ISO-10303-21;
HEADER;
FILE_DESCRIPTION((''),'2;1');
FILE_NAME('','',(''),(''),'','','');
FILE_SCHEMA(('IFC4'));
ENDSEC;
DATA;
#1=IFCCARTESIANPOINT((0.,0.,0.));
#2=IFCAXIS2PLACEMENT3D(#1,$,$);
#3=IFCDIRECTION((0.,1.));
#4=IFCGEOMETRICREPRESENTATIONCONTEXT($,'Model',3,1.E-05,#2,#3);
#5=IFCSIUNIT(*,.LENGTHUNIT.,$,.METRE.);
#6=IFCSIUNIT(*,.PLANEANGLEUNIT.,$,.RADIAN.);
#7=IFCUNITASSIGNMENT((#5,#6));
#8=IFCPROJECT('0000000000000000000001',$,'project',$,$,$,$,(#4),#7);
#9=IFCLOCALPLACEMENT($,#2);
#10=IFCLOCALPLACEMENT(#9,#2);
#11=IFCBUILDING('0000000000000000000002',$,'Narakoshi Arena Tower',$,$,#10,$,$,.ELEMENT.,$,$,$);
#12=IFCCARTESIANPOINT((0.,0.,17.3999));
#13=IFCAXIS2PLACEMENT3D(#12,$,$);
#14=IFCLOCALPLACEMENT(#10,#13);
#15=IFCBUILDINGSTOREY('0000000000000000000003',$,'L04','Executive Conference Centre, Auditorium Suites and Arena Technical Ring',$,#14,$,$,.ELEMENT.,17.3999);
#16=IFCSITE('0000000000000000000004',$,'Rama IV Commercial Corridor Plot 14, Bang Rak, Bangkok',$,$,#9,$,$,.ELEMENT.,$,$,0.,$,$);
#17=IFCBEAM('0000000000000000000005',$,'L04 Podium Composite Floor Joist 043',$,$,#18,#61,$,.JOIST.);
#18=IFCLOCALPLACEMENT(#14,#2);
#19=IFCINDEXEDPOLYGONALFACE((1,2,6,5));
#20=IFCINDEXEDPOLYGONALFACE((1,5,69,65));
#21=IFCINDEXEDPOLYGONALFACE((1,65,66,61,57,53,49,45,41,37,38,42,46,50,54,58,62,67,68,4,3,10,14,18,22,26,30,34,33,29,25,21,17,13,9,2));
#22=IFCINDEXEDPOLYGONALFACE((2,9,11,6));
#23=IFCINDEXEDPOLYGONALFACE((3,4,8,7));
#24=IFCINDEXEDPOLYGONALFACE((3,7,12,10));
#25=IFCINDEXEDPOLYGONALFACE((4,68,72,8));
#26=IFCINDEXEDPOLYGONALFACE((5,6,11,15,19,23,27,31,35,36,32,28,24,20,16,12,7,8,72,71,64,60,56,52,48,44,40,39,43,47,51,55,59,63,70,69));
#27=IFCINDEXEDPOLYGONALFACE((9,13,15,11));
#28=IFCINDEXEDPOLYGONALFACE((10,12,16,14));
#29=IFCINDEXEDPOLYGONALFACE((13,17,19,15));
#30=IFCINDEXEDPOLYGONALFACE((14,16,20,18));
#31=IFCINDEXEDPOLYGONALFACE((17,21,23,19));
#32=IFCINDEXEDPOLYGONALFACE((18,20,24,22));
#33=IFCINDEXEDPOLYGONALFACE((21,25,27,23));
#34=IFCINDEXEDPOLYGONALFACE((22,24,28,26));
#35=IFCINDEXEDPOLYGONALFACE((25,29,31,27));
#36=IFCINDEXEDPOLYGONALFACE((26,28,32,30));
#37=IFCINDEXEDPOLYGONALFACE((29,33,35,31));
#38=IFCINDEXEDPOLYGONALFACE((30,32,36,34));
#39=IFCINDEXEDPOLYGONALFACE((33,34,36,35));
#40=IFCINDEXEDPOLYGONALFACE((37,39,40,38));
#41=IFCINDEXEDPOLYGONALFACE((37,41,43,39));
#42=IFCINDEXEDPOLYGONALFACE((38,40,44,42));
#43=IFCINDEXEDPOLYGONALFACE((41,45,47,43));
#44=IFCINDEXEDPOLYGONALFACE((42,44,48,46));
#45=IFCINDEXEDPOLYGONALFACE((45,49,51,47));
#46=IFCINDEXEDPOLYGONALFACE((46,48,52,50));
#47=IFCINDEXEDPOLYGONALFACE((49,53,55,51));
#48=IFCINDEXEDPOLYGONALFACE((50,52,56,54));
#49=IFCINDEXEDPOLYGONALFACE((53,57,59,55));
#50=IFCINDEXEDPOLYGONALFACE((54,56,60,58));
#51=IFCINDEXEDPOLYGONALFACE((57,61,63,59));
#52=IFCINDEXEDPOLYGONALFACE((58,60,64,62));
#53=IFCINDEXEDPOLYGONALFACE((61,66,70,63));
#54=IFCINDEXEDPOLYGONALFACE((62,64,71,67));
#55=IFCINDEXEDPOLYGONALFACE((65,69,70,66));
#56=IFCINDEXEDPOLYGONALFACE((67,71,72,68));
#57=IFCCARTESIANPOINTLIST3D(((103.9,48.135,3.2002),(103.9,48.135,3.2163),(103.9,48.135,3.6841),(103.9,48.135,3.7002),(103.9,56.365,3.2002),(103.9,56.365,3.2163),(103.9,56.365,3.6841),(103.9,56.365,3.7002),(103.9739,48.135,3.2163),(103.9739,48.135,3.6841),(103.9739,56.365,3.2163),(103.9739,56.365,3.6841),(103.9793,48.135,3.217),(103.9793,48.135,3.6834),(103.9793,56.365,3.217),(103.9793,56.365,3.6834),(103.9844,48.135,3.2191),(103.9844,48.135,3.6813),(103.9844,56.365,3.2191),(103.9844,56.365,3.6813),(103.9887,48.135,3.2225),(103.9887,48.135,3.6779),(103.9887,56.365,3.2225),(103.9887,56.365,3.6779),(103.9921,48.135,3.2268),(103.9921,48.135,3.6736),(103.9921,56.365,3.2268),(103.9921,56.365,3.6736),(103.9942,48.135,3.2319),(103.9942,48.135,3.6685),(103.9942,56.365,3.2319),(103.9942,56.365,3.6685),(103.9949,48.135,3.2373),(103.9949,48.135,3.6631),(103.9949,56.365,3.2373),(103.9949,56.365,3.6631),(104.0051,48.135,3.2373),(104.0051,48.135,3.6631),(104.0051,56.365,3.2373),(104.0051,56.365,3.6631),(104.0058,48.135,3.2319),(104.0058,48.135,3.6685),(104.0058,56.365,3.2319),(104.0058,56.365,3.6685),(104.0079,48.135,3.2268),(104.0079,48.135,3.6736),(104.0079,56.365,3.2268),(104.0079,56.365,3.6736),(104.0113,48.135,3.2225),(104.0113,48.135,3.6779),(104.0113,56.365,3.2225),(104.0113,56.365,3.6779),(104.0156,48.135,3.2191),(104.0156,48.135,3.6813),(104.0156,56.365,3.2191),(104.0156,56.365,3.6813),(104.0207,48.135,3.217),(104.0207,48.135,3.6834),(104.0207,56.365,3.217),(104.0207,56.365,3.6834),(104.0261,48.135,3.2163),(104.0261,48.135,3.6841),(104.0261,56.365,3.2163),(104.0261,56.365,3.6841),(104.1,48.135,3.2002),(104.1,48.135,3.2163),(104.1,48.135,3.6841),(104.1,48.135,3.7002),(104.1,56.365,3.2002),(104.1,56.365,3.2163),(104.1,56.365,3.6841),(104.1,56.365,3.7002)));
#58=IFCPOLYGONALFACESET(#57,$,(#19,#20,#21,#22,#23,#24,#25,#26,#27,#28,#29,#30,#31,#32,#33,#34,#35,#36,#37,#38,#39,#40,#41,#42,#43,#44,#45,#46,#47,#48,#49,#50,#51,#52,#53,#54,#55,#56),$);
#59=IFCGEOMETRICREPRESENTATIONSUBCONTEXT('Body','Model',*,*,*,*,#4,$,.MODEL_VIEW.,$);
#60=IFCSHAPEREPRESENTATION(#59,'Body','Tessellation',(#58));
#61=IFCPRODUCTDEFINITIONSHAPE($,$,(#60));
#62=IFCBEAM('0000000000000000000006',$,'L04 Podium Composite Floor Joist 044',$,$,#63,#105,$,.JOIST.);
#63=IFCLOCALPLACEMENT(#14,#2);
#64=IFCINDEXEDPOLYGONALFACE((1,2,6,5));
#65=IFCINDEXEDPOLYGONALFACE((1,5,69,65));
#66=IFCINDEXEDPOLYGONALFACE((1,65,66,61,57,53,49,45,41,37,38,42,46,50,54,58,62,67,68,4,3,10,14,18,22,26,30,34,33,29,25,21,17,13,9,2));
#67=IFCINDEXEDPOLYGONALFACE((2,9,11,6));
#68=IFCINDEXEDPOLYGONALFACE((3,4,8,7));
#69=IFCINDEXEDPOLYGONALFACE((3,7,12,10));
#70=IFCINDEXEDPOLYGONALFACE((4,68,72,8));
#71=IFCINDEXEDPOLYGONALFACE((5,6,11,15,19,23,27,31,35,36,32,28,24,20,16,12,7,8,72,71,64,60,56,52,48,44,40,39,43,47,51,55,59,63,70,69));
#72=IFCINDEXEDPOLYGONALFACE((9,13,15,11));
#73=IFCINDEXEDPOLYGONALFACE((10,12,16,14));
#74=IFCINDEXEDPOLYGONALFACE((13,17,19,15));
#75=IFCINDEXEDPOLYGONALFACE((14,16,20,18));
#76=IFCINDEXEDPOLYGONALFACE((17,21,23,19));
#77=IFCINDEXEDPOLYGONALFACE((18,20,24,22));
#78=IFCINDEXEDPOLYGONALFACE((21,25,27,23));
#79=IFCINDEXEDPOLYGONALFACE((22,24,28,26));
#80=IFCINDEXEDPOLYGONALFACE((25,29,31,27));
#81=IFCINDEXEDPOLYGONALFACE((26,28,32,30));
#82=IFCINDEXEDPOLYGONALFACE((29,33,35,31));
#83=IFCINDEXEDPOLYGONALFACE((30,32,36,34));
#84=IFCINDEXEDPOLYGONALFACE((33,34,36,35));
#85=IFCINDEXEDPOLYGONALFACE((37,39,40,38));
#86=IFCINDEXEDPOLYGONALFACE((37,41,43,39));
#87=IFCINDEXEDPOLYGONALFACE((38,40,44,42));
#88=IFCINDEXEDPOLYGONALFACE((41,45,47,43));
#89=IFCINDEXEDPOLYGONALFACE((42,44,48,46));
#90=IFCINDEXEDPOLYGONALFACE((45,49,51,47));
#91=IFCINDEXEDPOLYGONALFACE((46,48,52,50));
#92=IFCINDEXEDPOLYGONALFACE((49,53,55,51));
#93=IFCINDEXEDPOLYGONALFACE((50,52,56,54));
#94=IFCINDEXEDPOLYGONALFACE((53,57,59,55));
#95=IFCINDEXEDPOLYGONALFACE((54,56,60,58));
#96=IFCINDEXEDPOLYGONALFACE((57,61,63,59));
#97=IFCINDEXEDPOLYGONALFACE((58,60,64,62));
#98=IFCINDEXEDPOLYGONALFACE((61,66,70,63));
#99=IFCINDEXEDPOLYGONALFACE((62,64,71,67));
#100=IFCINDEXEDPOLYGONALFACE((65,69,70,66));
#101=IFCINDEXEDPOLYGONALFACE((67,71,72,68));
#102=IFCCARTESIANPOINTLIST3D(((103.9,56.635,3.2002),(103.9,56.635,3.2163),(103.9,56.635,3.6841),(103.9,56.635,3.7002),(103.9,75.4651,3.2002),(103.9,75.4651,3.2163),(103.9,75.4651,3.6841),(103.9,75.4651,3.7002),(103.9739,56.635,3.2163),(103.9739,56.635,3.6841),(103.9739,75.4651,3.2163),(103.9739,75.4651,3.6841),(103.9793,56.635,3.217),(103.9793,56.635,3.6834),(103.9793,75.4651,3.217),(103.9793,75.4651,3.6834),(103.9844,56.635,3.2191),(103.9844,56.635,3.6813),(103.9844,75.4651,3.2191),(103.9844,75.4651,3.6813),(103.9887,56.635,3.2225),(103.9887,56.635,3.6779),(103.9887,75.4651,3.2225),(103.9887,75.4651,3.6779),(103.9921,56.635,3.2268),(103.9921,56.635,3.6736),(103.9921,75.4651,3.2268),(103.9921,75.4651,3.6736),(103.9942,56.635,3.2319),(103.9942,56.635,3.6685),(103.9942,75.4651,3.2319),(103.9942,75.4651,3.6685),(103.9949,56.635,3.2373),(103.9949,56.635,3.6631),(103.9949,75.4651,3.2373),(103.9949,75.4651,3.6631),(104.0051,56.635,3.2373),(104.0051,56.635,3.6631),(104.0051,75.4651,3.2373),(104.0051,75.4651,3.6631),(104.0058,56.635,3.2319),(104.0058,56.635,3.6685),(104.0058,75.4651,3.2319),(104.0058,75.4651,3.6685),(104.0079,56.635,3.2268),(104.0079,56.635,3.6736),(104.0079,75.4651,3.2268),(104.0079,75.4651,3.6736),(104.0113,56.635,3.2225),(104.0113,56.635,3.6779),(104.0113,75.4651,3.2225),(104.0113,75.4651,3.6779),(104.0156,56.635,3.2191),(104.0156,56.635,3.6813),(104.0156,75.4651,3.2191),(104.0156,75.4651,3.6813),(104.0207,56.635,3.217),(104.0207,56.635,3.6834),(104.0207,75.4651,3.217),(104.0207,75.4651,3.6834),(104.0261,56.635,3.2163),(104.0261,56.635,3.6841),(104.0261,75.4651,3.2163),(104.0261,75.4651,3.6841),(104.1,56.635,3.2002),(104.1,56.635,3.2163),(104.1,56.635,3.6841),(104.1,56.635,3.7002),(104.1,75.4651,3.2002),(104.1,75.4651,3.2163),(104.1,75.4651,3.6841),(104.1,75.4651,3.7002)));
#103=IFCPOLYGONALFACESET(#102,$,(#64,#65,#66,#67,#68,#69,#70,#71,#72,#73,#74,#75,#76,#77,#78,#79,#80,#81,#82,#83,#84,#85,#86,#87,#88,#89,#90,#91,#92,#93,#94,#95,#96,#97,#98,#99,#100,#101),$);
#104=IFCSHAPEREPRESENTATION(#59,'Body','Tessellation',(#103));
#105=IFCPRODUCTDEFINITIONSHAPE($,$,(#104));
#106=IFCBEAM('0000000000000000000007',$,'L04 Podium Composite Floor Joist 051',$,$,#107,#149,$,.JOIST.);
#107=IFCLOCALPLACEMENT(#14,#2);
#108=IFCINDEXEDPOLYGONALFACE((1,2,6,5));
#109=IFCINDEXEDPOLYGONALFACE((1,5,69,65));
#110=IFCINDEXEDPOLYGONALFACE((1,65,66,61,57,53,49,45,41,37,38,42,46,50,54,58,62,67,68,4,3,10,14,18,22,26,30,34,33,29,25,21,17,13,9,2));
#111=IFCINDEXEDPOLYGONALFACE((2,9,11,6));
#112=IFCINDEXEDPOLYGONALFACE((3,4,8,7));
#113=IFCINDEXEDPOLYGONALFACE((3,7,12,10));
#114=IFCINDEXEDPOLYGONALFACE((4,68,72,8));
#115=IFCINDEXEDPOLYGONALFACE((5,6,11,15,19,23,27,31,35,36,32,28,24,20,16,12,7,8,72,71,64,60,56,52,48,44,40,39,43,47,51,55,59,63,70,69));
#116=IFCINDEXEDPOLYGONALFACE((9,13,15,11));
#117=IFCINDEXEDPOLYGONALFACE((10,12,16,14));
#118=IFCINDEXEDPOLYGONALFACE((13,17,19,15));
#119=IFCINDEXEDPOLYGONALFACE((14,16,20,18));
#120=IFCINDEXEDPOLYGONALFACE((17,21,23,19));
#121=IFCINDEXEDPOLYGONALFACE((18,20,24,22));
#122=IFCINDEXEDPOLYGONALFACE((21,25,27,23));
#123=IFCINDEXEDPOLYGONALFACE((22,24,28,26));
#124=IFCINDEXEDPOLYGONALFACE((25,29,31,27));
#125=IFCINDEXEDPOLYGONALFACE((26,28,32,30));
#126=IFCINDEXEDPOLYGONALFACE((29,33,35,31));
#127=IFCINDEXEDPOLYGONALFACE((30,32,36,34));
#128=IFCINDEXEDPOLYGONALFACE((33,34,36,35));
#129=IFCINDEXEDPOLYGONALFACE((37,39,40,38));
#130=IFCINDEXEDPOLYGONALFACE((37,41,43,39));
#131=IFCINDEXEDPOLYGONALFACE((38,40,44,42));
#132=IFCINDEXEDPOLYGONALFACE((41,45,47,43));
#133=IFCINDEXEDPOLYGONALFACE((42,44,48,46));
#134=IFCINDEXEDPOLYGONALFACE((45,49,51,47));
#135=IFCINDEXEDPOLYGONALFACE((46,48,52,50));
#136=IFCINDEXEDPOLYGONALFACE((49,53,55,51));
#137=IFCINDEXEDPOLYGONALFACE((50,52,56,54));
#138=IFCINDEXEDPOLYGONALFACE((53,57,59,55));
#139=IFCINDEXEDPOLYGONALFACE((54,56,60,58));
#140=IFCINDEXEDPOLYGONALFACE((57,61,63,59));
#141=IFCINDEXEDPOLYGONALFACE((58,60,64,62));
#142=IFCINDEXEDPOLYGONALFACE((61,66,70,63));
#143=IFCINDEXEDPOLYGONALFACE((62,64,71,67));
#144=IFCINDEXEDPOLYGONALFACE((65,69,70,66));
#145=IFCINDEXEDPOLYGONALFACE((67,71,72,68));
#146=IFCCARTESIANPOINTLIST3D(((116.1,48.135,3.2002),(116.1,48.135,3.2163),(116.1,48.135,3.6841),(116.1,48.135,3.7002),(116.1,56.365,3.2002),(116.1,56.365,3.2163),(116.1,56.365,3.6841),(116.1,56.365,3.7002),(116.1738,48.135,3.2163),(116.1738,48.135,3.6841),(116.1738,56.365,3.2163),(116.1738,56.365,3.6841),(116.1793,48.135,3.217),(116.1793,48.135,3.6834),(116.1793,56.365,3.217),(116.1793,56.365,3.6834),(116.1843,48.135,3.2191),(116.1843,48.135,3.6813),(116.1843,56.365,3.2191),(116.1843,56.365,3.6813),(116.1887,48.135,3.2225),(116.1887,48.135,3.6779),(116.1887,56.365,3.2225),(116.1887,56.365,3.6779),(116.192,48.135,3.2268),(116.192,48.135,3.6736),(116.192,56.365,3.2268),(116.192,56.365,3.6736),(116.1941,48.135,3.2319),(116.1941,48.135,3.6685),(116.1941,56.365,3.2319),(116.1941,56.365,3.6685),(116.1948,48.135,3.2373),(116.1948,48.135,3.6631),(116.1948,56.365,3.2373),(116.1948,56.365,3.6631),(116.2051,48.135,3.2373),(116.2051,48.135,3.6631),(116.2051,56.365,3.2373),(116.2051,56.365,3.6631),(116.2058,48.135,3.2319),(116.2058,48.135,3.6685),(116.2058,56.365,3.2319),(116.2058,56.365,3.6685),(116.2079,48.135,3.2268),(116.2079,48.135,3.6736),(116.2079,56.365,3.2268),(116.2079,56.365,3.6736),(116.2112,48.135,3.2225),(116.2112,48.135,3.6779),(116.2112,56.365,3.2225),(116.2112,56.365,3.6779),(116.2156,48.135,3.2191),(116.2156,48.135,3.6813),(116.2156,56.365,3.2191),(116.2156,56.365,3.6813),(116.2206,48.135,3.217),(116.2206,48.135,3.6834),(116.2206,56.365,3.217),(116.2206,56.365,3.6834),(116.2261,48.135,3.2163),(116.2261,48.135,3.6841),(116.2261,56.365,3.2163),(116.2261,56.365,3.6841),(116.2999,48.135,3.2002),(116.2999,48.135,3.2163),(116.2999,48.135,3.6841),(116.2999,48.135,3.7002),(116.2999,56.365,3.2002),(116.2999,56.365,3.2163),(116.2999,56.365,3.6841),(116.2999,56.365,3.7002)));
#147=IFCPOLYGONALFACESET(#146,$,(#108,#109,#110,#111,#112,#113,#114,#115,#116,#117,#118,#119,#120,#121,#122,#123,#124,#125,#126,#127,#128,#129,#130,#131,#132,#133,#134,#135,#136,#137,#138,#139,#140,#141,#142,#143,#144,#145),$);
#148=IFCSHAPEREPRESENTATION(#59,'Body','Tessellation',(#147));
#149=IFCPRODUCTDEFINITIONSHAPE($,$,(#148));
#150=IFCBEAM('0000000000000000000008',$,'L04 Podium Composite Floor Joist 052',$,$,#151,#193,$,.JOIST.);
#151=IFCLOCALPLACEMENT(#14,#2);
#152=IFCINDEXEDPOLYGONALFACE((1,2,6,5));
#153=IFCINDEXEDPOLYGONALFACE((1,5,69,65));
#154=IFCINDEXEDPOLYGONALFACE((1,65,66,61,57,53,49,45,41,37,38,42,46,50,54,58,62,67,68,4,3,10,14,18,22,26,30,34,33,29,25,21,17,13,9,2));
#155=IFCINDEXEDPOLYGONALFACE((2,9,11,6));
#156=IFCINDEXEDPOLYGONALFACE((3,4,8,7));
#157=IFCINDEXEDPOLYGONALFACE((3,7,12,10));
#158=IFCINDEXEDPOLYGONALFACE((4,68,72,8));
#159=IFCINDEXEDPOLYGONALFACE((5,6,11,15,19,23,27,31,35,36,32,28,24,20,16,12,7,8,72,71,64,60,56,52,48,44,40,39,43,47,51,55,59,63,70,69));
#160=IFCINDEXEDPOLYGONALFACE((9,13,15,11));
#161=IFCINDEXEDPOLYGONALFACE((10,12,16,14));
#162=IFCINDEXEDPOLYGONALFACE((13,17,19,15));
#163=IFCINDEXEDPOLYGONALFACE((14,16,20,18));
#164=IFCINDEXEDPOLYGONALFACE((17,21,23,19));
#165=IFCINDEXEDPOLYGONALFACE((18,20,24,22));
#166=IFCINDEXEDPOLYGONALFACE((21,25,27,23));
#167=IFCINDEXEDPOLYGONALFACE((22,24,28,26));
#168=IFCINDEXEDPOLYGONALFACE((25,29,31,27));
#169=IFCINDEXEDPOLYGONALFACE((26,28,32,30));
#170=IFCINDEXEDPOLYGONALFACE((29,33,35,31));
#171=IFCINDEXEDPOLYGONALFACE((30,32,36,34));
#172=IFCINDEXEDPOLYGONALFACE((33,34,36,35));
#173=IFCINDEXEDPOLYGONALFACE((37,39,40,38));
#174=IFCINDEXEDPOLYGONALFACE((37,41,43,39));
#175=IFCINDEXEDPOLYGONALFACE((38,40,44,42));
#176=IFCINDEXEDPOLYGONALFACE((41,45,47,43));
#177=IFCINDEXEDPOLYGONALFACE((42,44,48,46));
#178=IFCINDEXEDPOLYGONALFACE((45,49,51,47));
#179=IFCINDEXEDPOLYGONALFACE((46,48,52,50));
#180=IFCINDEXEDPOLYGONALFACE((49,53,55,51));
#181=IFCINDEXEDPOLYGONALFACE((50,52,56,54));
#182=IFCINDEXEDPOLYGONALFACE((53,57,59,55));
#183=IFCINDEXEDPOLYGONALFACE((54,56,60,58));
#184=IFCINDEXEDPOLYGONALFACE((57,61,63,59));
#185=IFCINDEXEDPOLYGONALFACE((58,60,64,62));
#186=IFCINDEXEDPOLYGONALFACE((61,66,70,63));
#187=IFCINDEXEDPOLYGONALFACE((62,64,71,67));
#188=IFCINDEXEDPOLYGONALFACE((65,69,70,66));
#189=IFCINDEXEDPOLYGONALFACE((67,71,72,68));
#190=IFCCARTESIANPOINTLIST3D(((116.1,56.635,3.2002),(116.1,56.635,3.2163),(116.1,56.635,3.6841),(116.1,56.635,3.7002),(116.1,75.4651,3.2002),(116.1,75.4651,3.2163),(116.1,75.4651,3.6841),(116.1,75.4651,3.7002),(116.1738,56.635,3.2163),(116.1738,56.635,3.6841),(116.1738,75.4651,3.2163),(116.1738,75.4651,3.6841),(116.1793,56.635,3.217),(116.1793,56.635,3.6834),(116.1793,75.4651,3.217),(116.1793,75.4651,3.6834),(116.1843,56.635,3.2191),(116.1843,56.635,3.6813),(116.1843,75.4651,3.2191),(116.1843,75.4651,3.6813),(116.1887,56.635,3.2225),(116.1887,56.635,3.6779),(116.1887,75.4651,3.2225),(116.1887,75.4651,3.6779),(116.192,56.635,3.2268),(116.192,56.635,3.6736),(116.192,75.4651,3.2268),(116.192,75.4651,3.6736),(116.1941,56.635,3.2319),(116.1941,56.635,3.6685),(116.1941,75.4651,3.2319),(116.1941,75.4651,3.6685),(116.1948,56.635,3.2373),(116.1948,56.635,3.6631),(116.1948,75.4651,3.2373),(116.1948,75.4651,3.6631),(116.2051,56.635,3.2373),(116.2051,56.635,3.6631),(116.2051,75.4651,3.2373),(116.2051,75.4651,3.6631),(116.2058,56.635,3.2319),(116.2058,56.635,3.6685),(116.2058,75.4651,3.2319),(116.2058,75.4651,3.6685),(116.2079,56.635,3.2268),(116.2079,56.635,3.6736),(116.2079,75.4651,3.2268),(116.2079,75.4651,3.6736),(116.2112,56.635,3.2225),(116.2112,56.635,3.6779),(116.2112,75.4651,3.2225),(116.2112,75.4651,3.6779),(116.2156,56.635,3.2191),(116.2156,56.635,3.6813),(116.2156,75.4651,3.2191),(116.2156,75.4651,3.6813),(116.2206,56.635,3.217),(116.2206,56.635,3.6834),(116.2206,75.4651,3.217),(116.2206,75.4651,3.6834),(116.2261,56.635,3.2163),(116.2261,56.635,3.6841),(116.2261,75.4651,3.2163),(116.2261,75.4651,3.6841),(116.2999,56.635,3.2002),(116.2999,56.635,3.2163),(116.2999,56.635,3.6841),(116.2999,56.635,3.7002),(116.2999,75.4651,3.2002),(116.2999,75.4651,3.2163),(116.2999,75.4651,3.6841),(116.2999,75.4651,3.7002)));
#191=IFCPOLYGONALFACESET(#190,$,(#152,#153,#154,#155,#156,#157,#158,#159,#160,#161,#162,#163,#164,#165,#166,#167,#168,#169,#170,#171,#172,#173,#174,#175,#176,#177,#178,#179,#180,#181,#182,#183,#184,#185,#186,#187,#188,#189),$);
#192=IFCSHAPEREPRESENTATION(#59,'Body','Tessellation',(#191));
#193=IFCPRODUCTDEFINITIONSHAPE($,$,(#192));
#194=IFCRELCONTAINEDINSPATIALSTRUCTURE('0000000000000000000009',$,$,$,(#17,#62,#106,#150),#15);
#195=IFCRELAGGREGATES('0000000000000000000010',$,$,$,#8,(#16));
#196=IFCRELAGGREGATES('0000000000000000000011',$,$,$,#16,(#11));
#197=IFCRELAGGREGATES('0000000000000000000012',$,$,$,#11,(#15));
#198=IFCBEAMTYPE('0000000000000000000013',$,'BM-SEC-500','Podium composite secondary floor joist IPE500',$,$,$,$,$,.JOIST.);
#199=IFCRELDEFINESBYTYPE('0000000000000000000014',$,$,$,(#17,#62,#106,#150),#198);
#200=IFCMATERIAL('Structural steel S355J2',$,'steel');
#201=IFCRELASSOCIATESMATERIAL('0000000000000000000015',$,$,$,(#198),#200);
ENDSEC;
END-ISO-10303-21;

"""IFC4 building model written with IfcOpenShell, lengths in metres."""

from ifc_helpers import new_model, si_unit, direction, frame, origin, origin_2d, place, context, subcontext, project, spatial, i_section, extrude, material, material_profile, profile_set, type_object, element, save


model = new_model("IFC4")

# Units and contexts
model_context = context("Model", 3, precision=1e-05, world=origin(), true_north=direction((0.0, 1.0)))
body_context = subcontext(model_context, "Body", "Model", "MODEL_VIEW")
ifc_project = project(units=[si_unit("LENGTHUNIT", "METRE"), si_unit("PLANEANGLEUNIT", "RADIAN")], contexts=[model_context])

# Site, building, storey
site_placement = place(None, origin())
site = spatial("IfcSite", under=ifc_project, at=site_placement, Name="Rama IV Commercial Corridor Plot 14, Bang Rak, Bangkok", CompositionType="ELEMENT", RefElevation=0.0)
building_placement = place(site_placement, origin())
building = spatial("IfcBuilding", under=site, at=building_placement, Name="Narakoshi Arena Tower", CompositionType="ELEMENT")
storey_placement = place(building_placement, frame((0.0, 0.0, 17.3999)))
storey = spatial("IfcBuildingStorey", under=building, at=storey_placement, Name="L04", Description="Executive Conference Centre, Auditorium Suites and Arena Technical Ring", CompositionType="ELEMENT", Elevation=17.3999)

# Beams
ifc_material_1 = material(Name="Structural steel S355J2", Category="steel")
ifc_material_profile_1 = material_profile(ifc_material_1, i_section(OverallWidth=0.2, OverallDepth=0.5, WebThickness=0.0103, FlangeThickness=0.0161, FilletRadius=0.021, at=origin_2d()), Name="IPE500")
ifc_profile_set_1 = profile_set([ifc_material_profile_1], Name="Structural steel S355J2")
beam_type_1 = type_object("IfcBeamType", Name="BM-SEC-500", Description="Podium composite secondary floor joist IPE500", PredefinedType="JOIST", material=ifc_profile_set_1)
beam_1_placement = place(storey_placement, frame((104.0, 48.135, 3.4502), z_axis=(0.0, 1.0, 0.0), x_axis=(-1.0, 0.0, 0.0)))
element("IfcBeam", 1, at=beam_1_placement, inside=storey, type_object=beam_type_1, Name="L04 Podium Composite Floor Joist 043", PredefinedType="JOIST", context=body_context, shape_type="SweptSolid", body=[
    extrude(i_section(OverallWidth=0.2, OverallDepth=0.5, WebThickness=0.0103, FlangeThickness=0.0161, FilletRadius=0.021, at=origin_2d()), origin(), (0.0, 0.0, 1.0), 8.23),
])
beam_2_placement = place(storey_placement, frame((104.0, 56.635, 3.4502), z_axis=(0.0, 1.0, 0.0), x_axis=(-1.0, 0.0, 0.0)))
element("IfcBeam", 2, at=beam_2_placement, inside=storey, type_object=beam_type_1, Name="L04 Podium Composite Floor Joist 044", PredefinedType="JOIST", context=body_context, shape_type="SweptSolid", body=[
    extrude(i_section(OverallWidth=0.2, OverallDepth=0.5, WebThickness=0.0103, FlangeThickness=0.0161, FilletRadius=0.021, at=origin_2d()), origin(), (0.0, 0.0, 1.0), 18.8301),
])
beam_3_placement = place(storey_placement, frame((116.2, 48.135, 3.4502), z_axis=(0.0, 1.0, 0.0), x_axis=(-1.0, 0.0, 0.0)))
element("IfcBeam", 3, at=beam_3_placement, inside=storey, type_object=beam_type_1, Name="L04 Podium Composite Floor Joist 051", PredefinedType="JOIST", context=body_context, shape_type="SweptSolid", body=[
    extrude(i_section(OverallWidth=0.2, OverallDepth=0.5, WebThickness=0.0103, FlangeThickness=0.0161, FilletRadius=0.021, at=origin_2d()), origin(), (0.0, 0.0, 1.0), 8.23),
])
beam_4_placement = place(storey_placement, frame((116.2, 56.635, 3.4502), z_axis=(0.0, 1.0, 0.0), x_axis=(-1.0, 0.0, 0.0)))
element("IfcBeam", 4, at=beam_4_placement, inside=storey, type_object=beam_type_1, Name="L04 Podium Composite Floor Joist 052", PredefinedType="JOIST", context=body_context, shape_type="SweptSolid", body=[
    extrude(i_section(OverallWidth=0.2, OverallDepth=0.5, WebThickness=0.0103, FlangeThickness=0.0161, FilletRadius=0.021, at=origin_2d()), origin(), (0.0, 0.0, 1.0), 18.8301),
])

save(model, "model.ifc")
